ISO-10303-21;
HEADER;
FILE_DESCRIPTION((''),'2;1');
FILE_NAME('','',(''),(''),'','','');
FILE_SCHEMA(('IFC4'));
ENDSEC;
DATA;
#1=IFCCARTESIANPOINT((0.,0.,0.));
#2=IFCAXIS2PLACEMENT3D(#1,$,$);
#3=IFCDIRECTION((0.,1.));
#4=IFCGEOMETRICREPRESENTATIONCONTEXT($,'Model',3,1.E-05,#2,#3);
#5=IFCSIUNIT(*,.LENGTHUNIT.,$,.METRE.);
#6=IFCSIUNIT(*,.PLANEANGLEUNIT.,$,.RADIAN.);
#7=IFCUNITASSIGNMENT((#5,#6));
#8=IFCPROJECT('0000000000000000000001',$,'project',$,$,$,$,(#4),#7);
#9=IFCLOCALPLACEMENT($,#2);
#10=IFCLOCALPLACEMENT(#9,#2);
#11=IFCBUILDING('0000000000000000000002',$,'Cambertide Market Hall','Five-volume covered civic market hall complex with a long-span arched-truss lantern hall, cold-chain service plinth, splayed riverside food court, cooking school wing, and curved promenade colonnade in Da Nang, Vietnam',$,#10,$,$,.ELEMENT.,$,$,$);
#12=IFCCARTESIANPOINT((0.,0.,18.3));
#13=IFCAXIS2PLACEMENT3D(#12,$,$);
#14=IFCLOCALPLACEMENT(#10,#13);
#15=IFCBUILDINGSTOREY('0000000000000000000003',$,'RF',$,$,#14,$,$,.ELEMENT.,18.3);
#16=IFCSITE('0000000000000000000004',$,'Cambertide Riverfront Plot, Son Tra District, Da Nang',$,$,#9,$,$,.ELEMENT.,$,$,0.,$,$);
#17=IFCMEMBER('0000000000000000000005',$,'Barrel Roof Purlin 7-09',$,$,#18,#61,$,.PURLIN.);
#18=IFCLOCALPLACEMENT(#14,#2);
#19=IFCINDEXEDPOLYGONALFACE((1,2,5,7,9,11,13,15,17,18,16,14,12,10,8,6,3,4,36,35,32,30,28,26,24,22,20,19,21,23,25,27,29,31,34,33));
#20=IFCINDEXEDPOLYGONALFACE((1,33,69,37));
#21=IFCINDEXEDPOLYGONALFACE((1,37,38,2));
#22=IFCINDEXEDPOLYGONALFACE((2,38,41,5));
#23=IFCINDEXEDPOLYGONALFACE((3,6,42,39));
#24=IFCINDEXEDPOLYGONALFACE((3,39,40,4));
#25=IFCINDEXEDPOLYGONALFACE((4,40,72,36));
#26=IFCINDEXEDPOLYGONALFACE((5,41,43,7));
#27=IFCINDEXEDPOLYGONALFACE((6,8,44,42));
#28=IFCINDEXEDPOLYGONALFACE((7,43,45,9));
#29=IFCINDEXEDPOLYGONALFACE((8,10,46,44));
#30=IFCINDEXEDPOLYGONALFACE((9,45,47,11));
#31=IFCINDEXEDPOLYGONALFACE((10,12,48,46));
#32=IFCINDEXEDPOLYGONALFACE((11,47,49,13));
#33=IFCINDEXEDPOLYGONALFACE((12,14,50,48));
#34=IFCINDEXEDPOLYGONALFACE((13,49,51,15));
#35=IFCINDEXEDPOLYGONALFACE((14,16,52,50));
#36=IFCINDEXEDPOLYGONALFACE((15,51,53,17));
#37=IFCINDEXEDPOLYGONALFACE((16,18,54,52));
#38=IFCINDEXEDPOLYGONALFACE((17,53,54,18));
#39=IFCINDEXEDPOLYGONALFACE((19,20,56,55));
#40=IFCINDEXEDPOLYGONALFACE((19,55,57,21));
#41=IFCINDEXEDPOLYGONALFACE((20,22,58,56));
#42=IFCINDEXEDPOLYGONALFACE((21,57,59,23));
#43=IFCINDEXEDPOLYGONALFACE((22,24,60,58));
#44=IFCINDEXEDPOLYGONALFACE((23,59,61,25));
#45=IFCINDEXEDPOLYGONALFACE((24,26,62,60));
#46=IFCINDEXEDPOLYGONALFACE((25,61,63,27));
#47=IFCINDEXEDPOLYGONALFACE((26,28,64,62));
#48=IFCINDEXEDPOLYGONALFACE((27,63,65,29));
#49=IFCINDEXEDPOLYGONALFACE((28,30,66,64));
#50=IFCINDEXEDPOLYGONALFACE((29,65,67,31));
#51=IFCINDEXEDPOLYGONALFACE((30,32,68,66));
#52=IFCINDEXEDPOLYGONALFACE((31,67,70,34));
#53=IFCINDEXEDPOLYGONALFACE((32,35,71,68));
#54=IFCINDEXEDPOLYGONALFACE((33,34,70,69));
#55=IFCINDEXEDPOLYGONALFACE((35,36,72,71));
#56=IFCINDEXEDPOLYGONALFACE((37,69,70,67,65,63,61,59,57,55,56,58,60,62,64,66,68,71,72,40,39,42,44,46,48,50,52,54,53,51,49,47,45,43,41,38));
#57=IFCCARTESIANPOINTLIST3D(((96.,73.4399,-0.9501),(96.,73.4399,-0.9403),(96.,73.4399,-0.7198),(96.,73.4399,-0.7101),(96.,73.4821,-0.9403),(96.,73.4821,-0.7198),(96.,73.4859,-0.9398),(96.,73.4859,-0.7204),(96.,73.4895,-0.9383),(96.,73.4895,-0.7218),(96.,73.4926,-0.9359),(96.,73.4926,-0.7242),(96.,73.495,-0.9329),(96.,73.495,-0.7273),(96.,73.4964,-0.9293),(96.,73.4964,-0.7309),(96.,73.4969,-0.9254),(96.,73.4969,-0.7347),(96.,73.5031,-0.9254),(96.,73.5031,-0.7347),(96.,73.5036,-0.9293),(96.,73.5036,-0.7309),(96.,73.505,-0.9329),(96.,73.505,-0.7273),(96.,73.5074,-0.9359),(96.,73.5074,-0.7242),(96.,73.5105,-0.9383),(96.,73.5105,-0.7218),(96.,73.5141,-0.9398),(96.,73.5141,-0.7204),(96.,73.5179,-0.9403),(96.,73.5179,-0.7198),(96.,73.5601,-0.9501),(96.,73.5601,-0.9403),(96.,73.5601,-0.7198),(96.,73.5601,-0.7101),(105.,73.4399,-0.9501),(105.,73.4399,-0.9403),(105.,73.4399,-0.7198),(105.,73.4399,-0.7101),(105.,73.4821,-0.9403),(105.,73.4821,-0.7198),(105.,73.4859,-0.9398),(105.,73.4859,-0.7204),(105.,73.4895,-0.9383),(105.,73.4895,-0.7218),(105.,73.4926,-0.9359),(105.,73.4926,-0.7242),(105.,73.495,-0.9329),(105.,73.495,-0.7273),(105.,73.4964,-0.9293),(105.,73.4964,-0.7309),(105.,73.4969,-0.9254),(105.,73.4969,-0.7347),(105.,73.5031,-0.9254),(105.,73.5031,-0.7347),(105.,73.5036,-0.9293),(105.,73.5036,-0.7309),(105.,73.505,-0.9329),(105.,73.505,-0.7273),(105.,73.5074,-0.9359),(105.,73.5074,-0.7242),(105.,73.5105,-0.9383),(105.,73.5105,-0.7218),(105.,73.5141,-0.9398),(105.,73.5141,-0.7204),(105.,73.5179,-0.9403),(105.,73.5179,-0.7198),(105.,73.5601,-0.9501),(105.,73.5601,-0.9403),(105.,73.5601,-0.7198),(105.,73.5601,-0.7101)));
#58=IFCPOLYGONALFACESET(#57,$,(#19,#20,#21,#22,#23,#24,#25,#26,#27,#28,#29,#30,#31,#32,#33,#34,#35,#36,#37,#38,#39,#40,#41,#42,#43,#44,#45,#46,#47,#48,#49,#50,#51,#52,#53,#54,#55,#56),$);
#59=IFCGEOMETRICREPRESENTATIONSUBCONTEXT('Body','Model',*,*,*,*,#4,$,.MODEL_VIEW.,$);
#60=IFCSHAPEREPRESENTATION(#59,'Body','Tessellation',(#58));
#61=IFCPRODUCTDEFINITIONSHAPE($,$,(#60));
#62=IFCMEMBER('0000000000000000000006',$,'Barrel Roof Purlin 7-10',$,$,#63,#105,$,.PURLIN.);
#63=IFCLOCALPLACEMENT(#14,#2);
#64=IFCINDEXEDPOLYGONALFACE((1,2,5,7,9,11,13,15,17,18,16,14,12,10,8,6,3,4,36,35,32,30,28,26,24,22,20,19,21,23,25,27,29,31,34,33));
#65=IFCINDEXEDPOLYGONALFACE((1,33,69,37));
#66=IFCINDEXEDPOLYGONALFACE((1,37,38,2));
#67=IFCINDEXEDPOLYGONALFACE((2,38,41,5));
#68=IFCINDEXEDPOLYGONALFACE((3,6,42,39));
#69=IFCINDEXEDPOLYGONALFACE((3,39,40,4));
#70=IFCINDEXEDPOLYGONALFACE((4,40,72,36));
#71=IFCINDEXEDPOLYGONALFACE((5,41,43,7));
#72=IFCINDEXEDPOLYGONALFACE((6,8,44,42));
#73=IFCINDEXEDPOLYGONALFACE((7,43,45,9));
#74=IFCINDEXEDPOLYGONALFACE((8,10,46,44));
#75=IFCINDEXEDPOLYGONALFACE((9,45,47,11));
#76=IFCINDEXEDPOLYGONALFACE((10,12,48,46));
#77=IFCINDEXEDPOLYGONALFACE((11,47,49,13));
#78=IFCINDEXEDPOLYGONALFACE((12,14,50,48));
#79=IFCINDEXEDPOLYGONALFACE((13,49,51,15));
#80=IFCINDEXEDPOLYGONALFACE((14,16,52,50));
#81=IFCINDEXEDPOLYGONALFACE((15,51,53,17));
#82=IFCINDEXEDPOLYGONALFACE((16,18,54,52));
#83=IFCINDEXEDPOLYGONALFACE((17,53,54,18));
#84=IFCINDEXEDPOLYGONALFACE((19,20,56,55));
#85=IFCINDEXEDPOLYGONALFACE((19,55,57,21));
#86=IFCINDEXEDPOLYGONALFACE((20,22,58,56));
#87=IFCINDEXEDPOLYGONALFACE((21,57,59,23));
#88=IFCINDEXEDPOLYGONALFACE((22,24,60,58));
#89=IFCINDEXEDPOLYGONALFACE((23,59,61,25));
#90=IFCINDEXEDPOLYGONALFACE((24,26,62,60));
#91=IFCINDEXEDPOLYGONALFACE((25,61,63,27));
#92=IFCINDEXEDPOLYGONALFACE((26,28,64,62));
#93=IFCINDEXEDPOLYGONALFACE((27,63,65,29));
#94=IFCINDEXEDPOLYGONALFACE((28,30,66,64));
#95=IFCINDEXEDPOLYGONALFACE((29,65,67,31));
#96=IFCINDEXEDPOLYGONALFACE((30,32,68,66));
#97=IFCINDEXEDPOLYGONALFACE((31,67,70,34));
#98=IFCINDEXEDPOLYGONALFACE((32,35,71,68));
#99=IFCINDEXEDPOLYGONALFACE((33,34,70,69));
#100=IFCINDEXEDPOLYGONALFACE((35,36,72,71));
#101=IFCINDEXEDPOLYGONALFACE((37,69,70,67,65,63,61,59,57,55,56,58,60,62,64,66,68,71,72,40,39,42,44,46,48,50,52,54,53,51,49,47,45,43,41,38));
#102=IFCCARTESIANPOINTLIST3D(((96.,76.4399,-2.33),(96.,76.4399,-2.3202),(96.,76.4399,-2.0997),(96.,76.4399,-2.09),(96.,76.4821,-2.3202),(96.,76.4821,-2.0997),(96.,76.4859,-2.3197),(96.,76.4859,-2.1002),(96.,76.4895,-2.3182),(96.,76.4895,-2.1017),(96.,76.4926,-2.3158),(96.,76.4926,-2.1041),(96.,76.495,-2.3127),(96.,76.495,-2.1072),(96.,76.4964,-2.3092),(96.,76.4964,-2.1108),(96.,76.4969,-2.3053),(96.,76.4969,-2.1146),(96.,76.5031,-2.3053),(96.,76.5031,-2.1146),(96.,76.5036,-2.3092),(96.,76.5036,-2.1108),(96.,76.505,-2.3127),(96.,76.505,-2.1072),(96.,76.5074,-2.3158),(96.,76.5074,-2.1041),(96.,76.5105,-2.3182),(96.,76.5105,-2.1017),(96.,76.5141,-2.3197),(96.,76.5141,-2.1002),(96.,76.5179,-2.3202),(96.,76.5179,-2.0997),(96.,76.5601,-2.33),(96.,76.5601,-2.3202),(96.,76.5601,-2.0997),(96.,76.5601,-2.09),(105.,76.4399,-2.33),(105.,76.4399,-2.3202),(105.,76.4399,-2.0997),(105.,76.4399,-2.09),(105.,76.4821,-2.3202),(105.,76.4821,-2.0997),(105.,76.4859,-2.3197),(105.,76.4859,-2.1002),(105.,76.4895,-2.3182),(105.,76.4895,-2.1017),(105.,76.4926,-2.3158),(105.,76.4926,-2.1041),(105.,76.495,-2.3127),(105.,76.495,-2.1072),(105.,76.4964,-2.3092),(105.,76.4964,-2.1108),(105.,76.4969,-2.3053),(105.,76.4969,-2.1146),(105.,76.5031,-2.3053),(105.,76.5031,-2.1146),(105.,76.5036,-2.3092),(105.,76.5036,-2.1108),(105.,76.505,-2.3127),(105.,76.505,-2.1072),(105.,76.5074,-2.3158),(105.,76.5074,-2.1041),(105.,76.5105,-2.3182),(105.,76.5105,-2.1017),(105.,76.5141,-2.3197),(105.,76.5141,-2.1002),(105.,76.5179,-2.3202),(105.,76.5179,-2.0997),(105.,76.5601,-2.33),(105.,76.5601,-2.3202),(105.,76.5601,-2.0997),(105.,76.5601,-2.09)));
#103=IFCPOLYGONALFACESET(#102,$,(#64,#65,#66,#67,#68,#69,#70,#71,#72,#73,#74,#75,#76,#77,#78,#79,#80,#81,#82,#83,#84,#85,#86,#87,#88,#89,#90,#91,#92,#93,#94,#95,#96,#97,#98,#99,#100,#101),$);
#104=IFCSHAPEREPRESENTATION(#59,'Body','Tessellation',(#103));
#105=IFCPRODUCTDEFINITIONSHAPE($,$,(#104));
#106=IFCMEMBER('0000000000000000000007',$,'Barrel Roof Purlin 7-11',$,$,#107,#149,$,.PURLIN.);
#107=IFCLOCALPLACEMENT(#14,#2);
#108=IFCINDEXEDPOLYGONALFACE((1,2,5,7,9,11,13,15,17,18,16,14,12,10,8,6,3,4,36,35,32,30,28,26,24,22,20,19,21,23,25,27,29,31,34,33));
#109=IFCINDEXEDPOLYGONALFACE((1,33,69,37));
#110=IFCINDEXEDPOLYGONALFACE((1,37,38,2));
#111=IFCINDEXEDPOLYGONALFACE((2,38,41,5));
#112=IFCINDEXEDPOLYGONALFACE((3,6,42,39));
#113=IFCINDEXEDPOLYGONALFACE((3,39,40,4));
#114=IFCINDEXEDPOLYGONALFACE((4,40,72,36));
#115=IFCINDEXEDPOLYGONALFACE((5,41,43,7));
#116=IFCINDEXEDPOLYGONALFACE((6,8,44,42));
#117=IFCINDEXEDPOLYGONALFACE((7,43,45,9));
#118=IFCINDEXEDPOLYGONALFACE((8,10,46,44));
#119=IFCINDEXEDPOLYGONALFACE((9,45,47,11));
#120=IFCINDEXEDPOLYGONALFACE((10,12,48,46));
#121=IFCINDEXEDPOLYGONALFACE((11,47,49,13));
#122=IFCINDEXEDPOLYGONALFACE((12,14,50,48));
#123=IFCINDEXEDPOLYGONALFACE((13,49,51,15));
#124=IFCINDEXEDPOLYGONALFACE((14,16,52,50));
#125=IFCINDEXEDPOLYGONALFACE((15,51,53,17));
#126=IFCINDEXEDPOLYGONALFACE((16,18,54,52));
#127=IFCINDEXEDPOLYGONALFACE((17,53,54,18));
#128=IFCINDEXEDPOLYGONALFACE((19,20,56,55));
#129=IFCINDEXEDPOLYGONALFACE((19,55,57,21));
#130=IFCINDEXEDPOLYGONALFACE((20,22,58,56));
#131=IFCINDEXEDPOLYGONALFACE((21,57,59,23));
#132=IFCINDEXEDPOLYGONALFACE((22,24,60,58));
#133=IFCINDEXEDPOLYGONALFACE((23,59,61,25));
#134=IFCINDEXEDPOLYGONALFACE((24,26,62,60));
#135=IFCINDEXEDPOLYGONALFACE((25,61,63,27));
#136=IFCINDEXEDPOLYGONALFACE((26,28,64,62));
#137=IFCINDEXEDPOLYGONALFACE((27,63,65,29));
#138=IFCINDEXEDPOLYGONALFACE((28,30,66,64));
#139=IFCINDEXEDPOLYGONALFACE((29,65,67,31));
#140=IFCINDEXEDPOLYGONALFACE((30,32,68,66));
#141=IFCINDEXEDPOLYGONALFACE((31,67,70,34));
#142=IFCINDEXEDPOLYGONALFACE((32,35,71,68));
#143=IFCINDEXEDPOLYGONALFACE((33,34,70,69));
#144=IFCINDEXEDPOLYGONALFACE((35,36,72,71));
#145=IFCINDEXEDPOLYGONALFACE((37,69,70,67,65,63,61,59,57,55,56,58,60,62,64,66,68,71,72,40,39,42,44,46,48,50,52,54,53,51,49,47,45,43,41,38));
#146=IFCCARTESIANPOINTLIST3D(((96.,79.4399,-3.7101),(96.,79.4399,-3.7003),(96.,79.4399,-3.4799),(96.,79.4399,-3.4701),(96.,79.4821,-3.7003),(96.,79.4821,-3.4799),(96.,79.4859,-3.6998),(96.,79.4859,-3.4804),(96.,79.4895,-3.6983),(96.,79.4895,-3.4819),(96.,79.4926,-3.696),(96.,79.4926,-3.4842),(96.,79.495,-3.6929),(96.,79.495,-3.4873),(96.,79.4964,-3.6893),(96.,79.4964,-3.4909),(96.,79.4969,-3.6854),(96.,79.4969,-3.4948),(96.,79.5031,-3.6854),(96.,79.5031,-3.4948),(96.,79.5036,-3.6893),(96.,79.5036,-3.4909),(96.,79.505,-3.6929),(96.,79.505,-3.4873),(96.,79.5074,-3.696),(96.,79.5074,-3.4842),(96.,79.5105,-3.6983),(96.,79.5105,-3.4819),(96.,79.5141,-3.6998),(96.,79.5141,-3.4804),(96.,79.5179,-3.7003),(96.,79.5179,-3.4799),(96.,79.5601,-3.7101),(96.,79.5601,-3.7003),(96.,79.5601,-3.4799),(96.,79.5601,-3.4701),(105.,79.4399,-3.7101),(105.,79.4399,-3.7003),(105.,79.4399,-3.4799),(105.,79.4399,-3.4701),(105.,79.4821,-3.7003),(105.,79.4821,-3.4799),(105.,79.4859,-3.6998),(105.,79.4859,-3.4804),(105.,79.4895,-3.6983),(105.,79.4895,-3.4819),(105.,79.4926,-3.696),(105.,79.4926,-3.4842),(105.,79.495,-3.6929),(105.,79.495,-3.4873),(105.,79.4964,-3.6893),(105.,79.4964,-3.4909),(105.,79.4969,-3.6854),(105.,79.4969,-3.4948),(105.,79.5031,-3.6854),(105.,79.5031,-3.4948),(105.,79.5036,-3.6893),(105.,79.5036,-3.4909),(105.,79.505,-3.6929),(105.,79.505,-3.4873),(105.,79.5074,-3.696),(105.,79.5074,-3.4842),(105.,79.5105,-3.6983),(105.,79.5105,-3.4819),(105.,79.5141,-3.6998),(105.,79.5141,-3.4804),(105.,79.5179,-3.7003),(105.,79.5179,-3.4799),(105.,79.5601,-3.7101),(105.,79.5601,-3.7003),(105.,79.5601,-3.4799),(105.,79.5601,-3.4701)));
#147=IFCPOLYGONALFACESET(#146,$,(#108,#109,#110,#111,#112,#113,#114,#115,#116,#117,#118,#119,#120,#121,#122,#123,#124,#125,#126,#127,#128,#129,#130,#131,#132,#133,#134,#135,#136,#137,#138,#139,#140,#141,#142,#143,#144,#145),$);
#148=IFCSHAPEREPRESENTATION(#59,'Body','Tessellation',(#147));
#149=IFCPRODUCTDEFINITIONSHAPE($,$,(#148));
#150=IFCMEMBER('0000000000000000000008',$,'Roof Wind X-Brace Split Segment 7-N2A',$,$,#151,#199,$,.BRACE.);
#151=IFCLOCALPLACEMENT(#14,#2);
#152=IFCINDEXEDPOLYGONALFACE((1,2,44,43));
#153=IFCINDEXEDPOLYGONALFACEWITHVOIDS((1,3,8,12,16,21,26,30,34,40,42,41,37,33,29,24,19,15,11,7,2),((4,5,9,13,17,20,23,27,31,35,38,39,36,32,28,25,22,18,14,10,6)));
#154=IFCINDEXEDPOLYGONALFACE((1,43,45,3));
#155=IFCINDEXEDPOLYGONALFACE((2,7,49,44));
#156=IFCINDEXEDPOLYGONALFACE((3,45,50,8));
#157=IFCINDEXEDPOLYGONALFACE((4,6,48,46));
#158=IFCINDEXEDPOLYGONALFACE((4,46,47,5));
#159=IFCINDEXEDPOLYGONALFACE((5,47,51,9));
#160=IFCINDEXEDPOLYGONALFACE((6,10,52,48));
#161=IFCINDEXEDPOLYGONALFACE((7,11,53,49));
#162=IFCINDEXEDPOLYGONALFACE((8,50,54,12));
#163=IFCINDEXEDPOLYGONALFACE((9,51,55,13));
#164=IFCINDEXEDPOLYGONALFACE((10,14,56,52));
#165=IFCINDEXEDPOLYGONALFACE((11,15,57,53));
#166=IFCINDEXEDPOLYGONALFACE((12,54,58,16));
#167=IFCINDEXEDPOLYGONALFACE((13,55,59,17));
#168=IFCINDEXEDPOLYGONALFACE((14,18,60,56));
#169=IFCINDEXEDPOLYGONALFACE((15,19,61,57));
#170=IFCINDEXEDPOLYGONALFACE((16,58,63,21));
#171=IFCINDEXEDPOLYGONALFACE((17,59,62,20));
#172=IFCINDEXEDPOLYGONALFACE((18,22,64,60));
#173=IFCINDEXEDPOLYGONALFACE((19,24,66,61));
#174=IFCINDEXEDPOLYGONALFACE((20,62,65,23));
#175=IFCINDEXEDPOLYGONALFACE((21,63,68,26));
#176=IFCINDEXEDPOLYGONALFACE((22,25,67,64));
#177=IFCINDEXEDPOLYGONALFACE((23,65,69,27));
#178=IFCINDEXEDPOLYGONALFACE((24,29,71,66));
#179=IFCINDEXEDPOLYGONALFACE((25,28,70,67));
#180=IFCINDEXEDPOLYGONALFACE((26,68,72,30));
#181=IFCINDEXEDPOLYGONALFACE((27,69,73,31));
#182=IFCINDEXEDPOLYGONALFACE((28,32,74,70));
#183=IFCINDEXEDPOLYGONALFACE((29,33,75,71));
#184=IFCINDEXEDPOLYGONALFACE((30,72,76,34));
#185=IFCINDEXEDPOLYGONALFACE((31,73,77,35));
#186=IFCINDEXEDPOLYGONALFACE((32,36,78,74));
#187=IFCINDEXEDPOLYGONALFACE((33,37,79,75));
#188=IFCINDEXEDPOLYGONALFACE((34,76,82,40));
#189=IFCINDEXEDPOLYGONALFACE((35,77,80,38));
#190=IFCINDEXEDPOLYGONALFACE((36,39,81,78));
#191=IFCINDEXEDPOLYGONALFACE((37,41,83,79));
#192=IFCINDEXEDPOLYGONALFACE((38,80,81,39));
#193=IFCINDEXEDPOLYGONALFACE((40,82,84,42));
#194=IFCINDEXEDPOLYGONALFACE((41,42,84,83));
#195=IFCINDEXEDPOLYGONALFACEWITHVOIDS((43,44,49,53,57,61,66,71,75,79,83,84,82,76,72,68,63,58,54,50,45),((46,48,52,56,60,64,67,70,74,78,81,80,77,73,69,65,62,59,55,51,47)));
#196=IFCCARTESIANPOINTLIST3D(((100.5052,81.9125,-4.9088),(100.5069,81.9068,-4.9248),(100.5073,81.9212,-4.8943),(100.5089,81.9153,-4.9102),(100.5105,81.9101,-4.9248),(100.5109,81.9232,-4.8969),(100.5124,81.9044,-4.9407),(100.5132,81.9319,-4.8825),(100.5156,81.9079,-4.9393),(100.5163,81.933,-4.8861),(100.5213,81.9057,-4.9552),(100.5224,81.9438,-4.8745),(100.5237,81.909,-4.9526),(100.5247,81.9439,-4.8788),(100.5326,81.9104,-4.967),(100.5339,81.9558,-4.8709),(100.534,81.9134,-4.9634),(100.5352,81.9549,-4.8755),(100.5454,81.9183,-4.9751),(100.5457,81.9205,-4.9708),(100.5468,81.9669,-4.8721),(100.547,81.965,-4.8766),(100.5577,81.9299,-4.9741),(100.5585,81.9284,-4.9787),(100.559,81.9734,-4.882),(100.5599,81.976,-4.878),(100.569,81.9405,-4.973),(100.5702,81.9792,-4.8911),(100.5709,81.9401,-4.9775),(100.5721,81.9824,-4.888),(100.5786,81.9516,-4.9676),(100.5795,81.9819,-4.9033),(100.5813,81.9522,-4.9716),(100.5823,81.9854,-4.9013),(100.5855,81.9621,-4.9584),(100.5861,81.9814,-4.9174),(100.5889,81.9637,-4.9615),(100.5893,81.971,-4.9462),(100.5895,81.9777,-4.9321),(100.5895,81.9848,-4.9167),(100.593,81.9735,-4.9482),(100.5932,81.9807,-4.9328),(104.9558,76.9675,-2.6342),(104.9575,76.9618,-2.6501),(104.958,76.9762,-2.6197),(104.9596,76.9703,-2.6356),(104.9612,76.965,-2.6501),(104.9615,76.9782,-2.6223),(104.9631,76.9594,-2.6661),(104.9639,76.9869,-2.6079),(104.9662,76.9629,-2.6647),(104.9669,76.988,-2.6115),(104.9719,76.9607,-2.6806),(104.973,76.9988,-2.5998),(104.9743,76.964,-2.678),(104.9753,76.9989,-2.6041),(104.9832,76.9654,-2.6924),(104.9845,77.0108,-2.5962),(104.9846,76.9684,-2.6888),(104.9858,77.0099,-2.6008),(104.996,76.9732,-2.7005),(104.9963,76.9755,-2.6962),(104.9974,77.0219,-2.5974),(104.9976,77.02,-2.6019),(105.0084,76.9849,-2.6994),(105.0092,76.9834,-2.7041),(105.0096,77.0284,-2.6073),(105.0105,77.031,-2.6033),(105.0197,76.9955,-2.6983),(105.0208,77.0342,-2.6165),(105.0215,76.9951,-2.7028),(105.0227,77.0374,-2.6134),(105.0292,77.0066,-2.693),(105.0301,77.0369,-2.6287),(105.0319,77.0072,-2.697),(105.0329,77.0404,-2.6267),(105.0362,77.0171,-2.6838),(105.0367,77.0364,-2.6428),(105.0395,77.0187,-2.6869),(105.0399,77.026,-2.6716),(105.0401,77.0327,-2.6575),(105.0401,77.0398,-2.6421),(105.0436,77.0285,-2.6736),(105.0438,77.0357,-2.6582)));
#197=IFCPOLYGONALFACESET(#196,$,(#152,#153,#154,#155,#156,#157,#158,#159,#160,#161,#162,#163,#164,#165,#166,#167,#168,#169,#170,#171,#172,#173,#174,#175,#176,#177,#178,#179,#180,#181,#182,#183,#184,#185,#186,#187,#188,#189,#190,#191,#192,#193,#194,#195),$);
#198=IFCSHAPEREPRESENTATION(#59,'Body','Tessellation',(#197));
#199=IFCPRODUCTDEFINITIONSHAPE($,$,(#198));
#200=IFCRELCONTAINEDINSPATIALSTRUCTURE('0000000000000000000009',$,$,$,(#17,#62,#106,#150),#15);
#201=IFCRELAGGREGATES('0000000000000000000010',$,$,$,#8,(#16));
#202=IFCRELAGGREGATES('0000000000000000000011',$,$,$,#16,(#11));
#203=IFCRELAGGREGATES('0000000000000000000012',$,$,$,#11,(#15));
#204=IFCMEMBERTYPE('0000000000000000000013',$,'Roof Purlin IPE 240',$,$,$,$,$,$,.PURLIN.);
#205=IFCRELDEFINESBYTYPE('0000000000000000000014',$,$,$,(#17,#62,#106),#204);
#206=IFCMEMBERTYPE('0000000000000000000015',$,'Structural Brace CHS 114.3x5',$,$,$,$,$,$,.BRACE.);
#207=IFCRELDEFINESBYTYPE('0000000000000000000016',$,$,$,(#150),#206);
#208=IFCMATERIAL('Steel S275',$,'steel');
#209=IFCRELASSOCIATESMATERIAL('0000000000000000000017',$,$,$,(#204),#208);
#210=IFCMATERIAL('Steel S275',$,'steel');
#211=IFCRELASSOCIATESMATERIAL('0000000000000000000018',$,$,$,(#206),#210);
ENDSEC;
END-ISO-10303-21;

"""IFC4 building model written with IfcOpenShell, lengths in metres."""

from ifc_helpers import new_model, si_unit, direction, frame, origin, origin_2d, place, context, subcontext, project, spatial, hollow_circle, i_section, extrude, material, material_profile, profile_set, type_object, element, save


model = new_model("IFC4")

# Units and contexts
model_context = context("Model", 3, precision=1e-05, world=origin(), true_north=direction((0.0, 1.0)))
body_context = subcontext(model_context, "Body", "Model", "MODEL_VIEW")
ifc_project = project(units=[si_unit("LENGTHUNIT", "METRE"), si_unit("PLANEANGLEUNIT", "RADIAN")], contexts=[model_context])

# Site, building, storey
site_placement = place(None, origin())
site = spatial("IfcSite", under=ifc_project, at=site_placement, Name="Cambertide Riverfront Plot, Son Tra District, Da Nang", CompositionType="ELEMENT", RefElevation=0.0)
building_placement = place(site_placement, origin())
building = spatial("IfcBuilding", under=site, at=building_placement, Name="Cambertide Market Hall", Description="Five-volume covered civic market hall complex with a long-span arched-truss lantern hall, cold-chain service plinth, splayed riverside food court, cooking school wing, and curved promenade colonnade in Da Nang, Vietnam", CompositionType="ELEMENT")
storey_placement = place(building_placement, frame((0.0, 0.0, 18.3)))
storey = spatial("IfcBuildingStorey", under=building, at=storey_placement, Name="RF", CompositionType="ELEMENT", Elevation=18.3)

# Members
ifc_material_1 = material(Name="Steel S275", Category="steel")
ifc_material_profile_1 = material_profile(ifc_material_1, i_section(OverallWidth=0.1201, OverallDepth=0.24, WebThickness=0.0061, FlangeThickness=0.0098, FilletRadius=0.0149, at=origin_2d()), Name="IPE 240")
ifc_profile_set_1 = profile_set([ifc_material_profile_1], Name="Steel S275")
member_type_1 = type_object("IfcMemberType", Name="Roof Purlin IPE 240", PredefinedType="PURLIN", material=ifc_profile_set_1)
for number, where, z_axis, x_axis, name in (
    (1, (96.0, 73.5, -0.8301), (1.0, 0.0, 0.0), (0.0, 1.0, 0.0), "Barrel Roof Purlin 7-09"),
    (2, (96.0, 76.5, -2.21), (1.0, 0.0, 0.0), (0.0, 1.0, 0.0), "Barrel Roof Purlin 7-10"),
    (3, (96.0, 79.5, -3.5901), (1.0, 0.0, 0.0), (0.0, 1.0, 0.0), "Barrel Roof Purlin 7-11"),
):
    element("IfcMember", number, at=place(storey_placement, frame(where, z_axis=z_axis, x_axis=x_axis)), inside=storey, type_object=member_type_1, Name=name, PredefinedType="PURLIN", context=body_context, shape_type="SweptSolid", body=[
        extrude(i_section(OverallWidth=0.1201, OverallDepth=0.24, WebThickness=0.0061, FlangeThickness=0.0098, FilletRadius=0.0149, at=origin_2d()), origin(), (0.0, 0.0, 1.0), 9.0),
    ])
ifc_material_2 = material(Name="Steel S275", Category="steel")
ifc_material_profile_2 = material_profile(ifc_material_2, hollow_circle(Radius=0.0571, WallThickness=0.0049, at=origin_2d()), Name="CHS 114.3x5")
ifc_profile_set_2 = profile_set([ifc_material_profile_2], Name="Steel S275")
member_type_2 = type_object("IfcMemberType", Name="Structural Brace CHS 114.3x5", PredefinedType="BRACE", material=ifc_profile_set_2)
member_1_placement = place(storey_placement, frame((105.0, 77.0, -2.6501), z_axis=(-0.633, 0.703314, -0.323514), x_axis=(-0.743285, -0.668975, 0.0)))
element("IfcMember", 4, at=member_1_placement, inside=storey, type_object=member_type_2, Name="Roof Wind X-Brace Split Segment 7-N2A", PredefinedType="BRACE", context=body_context, shape_type="SweptSolid", body=[
    extrude(hollow_circle(Radius=0.0571, WallThickness=0.0049, at=origin_2d()), origin(), (0.0, 0.0, 1.0), 7.031),
])

save(model, "model.ifc")
